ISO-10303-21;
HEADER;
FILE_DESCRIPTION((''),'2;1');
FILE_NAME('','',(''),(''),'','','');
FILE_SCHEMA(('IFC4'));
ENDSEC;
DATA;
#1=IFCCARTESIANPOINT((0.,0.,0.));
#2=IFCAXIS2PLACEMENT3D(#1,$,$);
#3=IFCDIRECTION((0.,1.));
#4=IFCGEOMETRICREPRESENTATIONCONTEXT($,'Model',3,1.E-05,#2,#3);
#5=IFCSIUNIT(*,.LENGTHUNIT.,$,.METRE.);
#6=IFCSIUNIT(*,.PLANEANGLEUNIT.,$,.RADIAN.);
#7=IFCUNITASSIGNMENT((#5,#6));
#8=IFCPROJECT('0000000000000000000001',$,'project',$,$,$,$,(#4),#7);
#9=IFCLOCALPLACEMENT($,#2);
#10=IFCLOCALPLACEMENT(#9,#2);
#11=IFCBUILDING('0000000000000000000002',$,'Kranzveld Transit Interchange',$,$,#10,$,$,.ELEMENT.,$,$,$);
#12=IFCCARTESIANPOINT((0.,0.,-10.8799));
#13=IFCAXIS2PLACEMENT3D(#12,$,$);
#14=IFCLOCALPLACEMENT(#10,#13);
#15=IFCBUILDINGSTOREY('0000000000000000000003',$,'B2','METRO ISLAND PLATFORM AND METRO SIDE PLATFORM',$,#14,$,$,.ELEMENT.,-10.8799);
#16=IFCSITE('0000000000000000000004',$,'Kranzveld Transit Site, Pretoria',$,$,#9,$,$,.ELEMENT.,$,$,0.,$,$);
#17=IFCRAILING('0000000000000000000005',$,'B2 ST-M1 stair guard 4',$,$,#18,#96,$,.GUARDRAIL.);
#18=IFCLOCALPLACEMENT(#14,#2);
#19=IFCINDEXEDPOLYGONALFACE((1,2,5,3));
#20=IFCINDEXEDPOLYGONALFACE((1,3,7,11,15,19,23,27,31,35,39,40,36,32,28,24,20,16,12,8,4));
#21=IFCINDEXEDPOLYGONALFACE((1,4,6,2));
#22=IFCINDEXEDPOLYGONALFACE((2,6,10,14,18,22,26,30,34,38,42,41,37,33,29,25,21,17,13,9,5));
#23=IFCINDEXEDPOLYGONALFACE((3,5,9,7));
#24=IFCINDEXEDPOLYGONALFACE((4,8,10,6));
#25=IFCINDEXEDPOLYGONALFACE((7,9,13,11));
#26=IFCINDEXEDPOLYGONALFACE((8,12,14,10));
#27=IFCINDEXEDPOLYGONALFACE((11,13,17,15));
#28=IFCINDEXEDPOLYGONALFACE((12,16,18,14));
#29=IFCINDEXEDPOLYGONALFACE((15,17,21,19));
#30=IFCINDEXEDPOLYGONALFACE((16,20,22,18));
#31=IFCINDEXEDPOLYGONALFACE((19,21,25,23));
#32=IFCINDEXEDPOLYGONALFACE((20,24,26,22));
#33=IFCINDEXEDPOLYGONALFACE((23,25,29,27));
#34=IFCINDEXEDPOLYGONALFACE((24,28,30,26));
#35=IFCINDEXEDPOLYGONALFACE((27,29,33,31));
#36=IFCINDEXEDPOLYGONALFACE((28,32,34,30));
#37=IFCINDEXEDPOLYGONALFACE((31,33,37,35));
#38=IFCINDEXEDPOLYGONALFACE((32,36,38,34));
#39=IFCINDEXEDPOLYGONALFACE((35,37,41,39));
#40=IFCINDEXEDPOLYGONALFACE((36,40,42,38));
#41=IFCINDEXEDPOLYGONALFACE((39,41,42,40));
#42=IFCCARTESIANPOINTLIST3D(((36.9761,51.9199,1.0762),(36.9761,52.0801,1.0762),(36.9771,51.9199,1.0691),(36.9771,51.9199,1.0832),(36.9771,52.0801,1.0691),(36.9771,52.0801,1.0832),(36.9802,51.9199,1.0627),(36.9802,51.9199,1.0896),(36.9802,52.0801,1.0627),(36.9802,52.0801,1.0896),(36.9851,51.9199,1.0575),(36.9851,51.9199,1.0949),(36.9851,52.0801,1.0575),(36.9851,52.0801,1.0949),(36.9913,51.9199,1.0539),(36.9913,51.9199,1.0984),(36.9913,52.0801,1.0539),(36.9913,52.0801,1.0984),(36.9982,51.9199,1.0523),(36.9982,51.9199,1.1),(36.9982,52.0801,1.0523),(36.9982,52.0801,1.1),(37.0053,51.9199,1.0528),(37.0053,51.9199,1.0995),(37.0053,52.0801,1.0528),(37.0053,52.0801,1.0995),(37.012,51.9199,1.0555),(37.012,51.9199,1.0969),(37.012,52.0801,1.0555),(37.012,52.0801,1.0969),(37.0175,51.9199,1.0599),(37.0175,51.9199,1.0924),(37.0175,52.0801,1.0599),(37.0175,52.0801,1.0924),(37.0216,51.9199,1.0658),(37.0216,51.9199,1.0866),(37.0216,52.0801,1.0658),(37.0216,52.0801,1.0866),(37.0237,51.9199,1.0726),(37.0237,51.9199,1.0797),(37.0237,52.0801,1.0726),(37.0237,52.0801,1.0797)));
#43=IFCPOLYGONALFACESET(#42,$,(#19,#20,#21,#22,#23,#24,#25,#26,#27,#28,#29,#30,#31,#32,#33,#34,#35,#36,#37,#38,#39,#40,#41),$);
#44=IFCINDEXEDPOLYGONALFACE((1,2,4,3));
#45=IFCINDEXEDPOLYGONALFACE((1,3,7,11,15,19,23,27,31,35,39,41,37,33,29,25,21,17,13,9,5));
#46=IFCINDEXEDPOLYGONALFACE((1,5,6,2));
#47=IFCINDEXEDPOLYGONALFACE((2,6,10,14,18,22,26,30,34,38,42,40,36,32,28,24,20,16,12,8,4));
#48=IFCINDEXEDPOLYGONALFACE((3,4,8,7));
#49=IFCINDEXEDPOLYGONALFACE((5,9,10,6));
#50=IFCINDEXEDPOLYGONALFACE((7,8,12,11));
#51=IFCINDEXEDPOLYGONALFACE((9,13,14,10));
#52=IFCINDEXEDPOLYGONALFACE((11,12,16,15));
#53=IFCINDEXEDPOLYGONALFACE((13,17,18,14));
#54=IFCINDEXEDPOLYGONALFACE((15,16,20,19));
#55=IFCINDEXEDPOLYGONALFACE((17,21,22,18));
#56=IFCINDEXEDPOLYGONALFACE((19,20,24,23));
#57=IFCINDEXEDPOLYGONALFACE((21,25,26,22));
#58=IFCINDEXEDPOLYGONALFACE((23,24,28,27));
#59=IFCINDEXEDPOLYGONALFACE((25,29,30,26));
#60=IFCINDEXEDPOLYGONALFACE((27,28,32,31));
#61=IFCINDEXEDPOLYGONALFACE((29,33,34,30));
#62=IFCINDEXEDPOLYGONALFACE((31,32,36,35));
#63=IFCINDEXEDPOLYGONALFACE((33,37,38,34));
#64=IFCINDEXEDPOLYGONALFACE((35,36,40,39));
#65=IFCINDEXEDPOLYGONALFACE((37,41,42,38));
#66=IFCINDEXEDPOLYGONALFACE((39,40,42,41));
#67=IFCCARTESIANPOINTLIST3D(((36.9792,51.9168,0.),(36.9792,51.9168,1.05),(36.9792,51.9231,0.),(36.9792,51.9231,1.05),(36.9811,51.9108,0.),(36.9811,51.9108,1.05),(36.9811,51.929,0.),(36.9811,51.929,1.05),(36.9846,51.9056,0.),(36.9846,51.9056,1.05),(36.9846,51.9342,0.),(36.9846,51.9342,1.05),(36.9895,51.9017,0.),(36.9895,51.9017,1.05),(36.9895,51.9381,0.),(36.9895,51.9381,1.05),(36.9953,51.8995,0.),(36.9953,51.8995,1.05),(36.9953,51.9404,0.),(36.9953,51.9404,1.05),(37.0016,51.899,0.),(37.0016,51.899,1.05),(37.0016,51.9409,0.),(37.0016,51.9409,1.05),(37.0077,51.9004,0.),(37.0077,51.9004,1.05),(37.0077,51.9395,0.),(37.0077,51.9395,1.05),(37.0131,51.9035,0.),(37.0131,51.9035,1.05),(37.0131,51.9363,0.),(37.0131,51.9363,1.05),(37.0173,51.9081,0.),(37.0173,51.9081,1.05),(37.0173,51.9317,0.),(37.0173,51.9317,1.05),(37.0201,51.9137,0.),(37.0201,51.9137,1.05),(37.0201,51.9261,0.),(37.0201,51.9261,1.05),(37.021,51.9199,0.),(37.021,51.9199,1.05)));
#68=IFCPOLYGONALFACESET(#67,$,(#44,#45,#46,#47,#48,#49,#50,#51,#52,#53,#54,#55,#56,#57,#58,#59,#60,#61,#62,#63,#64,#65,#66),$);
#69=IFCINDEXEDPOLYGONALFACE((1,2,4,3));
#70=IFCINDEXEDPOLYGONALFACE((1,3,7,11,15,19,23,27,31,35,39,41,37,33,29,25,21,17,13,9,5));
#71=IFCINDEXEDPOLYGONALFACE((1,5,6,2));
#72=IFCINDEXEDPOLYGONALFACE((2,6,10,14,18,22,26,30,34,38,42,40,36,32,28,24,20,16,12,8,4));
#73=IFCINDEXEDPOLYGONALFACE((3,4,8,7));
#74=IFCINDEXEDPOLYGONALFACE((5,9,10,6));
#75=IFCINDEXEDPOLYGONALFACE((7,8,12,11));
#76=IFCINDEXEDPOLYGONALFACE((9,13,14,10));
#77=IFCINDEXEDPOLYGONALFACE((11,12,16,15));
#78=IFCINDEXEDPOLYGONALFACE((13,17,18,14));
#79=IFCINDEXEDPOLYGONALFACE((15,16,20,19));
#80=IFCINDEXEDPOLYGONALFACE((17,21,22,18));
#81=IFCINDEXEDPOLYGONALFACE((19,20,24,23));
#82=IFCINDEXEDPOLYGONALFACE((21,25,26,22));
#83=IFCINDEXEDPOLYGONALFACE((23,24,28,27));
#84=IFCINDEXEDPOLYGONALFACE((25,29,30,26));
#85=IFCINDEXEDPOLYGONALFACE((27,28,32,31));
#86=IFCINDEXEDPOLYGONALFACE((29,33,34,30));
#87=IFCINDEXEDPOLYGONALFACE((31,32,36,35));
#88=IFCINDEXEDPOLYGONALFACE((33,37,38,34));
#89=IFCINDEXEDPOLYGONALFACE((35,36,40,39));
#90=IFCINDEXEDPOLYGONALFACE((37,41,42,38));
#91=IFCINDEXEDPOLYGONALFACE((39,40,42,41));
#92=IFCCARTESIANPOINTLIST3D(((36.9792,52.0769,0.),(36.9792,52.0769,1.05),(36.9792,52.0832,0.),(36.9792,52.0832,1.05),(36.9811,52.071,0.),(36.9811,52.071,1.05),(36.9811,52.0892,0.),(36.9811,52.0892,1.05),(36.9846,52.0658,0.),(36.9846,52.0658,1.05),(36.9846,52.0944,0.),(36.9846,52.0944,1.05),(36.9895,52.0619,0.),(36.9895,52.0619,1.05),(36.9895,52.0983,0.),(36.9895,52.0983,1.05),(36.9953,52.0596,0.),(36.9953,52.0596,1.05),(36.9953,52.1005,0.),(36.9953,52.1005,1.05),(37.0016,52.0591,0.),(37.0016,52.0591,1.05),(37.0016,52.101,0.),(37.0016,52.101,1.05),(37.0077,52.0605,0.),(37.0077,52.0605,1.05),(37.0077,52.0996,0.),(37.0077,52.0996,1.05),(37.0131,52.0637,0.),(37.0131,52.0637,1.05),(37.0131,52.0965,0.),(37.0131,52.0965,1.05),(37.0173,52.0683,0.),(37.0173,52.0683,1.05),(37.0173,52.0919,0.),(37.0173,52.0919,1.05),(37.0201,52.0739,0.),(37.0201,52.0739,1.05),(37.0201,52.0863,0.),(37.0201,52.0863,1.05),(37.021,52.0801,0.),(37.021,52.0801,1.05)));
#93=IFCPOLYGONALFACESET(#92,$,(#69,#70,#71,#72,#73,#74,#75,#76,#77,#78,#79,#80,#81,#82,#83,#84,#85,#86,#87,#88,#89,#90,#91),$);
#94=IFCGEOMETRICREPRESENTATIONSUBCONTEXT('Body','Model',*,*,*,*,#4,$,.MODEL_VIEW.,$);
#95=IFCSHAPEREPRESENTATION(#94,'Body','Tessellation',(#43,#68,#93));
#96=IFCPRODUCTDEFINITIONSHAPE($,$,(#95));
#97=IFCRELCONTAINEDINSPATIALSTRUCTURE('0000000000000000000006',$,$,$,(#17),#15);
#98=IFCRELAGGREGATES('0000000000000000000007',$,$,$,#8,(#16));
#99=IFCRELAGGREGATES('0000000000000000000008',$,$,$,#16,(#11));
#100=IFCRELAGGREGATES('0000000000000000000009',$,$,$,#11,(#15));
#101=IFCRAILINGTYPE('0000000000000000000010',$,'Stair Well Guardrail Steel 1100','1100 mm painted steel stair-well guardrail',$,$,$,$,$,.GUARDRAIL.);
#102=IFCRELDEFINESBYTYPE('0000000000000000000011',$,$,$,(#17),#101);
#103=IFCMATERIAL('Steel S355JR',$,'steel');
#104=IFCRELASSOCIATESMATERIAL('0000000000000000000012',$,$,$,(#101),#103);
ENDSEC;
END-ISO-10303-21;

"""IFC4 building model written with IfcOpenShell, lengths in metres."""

from ifc_helpers import new_model, si_unit, direction, frame, origin, origin_2d, place, context, subcontext, project, spatial, circle, extrude, material, type_object, element, save


model = new_model("IFC4")

# Units and contexts
model_context = context("Model", 3, precision=1e-05, world=origin(), true_north=direction((0.0, 1.0)))
body_context = subcontext(model_context, "Body", "Model", "MODEL_VIEW")
ifc_project = project(units=[si_unit("LENGTHUNIT", "METRE"), si_unit("PLANEANGLEUNIT", "RADIAN")], contexts=[model_context])

# Site, building, storey
site_placement = place(None, origin())
site = spatial("IfcSite", under=ifc_project, at=site_placement, Name="Kranzveld Transit Site, Pretoria", CompositionType="ELEMENT", RefElevation=0.0)
building_placement = place(site_placement, origin())
building = spatial("IfcBuilding", under=site, at=building_placement, Name="Kranzveld Transit Interchange", CompositionType="ELEMENT")
storey_placement = place(building_placement, frame((0.0, 0.0, -10.8799)))
storey = spatial("IfcBuildingStorey", under=building, at=storey_placement, Name="B2", Description="METRO ISLAND PLATFORM AND METRO SIDE PLATFORM", CompositionType="ELEMENT", Elevation=-10.8799)

# Railing
ifc_material_1 = material(Name="Steel S355JR", Category="steel")
railing_type_1 = type_object("IfcRailingType", Name="Stair Well Guardrail Steel 1100", Description="1100 mm painted steel stair-well guardrail", PredefinedType="GUARDRAIL", material=ifc_material_1)
railing_1_placement = place(storey_placement, frame((37.0, 51.9199, 0.0)))
element("IfcRailing", 1, at=railing_1_placement, inside=storey, type_object=railing_type_1, Name="B2 ST-M1 stair guard 4", PredefinedType="GUARDRAIL", context=body_context, shape_type="SweptSolid", body=[
    extrude(circle(Radius=0.0239, at=origin_2d()), frame((0.0, 0.0, 1.0762), z_axis=(0.0, 1.0, 0.0), x_axis=(-1.0, 0.0, 0.0)), (0.0, 0.0, 1.0), 0.1602),
    extrude(circle(Radius=0.021, at=origin_2d()), origin(), (0.0, 0.0, 1.0), 1.05),
    extrude(circle(Radius=0.021, at=origin_2d()), frame((0.0, 0.1602, 0.0)), (0.0, 0.0, 1.0), 1.05),
])

save(model, "model.ifc")
